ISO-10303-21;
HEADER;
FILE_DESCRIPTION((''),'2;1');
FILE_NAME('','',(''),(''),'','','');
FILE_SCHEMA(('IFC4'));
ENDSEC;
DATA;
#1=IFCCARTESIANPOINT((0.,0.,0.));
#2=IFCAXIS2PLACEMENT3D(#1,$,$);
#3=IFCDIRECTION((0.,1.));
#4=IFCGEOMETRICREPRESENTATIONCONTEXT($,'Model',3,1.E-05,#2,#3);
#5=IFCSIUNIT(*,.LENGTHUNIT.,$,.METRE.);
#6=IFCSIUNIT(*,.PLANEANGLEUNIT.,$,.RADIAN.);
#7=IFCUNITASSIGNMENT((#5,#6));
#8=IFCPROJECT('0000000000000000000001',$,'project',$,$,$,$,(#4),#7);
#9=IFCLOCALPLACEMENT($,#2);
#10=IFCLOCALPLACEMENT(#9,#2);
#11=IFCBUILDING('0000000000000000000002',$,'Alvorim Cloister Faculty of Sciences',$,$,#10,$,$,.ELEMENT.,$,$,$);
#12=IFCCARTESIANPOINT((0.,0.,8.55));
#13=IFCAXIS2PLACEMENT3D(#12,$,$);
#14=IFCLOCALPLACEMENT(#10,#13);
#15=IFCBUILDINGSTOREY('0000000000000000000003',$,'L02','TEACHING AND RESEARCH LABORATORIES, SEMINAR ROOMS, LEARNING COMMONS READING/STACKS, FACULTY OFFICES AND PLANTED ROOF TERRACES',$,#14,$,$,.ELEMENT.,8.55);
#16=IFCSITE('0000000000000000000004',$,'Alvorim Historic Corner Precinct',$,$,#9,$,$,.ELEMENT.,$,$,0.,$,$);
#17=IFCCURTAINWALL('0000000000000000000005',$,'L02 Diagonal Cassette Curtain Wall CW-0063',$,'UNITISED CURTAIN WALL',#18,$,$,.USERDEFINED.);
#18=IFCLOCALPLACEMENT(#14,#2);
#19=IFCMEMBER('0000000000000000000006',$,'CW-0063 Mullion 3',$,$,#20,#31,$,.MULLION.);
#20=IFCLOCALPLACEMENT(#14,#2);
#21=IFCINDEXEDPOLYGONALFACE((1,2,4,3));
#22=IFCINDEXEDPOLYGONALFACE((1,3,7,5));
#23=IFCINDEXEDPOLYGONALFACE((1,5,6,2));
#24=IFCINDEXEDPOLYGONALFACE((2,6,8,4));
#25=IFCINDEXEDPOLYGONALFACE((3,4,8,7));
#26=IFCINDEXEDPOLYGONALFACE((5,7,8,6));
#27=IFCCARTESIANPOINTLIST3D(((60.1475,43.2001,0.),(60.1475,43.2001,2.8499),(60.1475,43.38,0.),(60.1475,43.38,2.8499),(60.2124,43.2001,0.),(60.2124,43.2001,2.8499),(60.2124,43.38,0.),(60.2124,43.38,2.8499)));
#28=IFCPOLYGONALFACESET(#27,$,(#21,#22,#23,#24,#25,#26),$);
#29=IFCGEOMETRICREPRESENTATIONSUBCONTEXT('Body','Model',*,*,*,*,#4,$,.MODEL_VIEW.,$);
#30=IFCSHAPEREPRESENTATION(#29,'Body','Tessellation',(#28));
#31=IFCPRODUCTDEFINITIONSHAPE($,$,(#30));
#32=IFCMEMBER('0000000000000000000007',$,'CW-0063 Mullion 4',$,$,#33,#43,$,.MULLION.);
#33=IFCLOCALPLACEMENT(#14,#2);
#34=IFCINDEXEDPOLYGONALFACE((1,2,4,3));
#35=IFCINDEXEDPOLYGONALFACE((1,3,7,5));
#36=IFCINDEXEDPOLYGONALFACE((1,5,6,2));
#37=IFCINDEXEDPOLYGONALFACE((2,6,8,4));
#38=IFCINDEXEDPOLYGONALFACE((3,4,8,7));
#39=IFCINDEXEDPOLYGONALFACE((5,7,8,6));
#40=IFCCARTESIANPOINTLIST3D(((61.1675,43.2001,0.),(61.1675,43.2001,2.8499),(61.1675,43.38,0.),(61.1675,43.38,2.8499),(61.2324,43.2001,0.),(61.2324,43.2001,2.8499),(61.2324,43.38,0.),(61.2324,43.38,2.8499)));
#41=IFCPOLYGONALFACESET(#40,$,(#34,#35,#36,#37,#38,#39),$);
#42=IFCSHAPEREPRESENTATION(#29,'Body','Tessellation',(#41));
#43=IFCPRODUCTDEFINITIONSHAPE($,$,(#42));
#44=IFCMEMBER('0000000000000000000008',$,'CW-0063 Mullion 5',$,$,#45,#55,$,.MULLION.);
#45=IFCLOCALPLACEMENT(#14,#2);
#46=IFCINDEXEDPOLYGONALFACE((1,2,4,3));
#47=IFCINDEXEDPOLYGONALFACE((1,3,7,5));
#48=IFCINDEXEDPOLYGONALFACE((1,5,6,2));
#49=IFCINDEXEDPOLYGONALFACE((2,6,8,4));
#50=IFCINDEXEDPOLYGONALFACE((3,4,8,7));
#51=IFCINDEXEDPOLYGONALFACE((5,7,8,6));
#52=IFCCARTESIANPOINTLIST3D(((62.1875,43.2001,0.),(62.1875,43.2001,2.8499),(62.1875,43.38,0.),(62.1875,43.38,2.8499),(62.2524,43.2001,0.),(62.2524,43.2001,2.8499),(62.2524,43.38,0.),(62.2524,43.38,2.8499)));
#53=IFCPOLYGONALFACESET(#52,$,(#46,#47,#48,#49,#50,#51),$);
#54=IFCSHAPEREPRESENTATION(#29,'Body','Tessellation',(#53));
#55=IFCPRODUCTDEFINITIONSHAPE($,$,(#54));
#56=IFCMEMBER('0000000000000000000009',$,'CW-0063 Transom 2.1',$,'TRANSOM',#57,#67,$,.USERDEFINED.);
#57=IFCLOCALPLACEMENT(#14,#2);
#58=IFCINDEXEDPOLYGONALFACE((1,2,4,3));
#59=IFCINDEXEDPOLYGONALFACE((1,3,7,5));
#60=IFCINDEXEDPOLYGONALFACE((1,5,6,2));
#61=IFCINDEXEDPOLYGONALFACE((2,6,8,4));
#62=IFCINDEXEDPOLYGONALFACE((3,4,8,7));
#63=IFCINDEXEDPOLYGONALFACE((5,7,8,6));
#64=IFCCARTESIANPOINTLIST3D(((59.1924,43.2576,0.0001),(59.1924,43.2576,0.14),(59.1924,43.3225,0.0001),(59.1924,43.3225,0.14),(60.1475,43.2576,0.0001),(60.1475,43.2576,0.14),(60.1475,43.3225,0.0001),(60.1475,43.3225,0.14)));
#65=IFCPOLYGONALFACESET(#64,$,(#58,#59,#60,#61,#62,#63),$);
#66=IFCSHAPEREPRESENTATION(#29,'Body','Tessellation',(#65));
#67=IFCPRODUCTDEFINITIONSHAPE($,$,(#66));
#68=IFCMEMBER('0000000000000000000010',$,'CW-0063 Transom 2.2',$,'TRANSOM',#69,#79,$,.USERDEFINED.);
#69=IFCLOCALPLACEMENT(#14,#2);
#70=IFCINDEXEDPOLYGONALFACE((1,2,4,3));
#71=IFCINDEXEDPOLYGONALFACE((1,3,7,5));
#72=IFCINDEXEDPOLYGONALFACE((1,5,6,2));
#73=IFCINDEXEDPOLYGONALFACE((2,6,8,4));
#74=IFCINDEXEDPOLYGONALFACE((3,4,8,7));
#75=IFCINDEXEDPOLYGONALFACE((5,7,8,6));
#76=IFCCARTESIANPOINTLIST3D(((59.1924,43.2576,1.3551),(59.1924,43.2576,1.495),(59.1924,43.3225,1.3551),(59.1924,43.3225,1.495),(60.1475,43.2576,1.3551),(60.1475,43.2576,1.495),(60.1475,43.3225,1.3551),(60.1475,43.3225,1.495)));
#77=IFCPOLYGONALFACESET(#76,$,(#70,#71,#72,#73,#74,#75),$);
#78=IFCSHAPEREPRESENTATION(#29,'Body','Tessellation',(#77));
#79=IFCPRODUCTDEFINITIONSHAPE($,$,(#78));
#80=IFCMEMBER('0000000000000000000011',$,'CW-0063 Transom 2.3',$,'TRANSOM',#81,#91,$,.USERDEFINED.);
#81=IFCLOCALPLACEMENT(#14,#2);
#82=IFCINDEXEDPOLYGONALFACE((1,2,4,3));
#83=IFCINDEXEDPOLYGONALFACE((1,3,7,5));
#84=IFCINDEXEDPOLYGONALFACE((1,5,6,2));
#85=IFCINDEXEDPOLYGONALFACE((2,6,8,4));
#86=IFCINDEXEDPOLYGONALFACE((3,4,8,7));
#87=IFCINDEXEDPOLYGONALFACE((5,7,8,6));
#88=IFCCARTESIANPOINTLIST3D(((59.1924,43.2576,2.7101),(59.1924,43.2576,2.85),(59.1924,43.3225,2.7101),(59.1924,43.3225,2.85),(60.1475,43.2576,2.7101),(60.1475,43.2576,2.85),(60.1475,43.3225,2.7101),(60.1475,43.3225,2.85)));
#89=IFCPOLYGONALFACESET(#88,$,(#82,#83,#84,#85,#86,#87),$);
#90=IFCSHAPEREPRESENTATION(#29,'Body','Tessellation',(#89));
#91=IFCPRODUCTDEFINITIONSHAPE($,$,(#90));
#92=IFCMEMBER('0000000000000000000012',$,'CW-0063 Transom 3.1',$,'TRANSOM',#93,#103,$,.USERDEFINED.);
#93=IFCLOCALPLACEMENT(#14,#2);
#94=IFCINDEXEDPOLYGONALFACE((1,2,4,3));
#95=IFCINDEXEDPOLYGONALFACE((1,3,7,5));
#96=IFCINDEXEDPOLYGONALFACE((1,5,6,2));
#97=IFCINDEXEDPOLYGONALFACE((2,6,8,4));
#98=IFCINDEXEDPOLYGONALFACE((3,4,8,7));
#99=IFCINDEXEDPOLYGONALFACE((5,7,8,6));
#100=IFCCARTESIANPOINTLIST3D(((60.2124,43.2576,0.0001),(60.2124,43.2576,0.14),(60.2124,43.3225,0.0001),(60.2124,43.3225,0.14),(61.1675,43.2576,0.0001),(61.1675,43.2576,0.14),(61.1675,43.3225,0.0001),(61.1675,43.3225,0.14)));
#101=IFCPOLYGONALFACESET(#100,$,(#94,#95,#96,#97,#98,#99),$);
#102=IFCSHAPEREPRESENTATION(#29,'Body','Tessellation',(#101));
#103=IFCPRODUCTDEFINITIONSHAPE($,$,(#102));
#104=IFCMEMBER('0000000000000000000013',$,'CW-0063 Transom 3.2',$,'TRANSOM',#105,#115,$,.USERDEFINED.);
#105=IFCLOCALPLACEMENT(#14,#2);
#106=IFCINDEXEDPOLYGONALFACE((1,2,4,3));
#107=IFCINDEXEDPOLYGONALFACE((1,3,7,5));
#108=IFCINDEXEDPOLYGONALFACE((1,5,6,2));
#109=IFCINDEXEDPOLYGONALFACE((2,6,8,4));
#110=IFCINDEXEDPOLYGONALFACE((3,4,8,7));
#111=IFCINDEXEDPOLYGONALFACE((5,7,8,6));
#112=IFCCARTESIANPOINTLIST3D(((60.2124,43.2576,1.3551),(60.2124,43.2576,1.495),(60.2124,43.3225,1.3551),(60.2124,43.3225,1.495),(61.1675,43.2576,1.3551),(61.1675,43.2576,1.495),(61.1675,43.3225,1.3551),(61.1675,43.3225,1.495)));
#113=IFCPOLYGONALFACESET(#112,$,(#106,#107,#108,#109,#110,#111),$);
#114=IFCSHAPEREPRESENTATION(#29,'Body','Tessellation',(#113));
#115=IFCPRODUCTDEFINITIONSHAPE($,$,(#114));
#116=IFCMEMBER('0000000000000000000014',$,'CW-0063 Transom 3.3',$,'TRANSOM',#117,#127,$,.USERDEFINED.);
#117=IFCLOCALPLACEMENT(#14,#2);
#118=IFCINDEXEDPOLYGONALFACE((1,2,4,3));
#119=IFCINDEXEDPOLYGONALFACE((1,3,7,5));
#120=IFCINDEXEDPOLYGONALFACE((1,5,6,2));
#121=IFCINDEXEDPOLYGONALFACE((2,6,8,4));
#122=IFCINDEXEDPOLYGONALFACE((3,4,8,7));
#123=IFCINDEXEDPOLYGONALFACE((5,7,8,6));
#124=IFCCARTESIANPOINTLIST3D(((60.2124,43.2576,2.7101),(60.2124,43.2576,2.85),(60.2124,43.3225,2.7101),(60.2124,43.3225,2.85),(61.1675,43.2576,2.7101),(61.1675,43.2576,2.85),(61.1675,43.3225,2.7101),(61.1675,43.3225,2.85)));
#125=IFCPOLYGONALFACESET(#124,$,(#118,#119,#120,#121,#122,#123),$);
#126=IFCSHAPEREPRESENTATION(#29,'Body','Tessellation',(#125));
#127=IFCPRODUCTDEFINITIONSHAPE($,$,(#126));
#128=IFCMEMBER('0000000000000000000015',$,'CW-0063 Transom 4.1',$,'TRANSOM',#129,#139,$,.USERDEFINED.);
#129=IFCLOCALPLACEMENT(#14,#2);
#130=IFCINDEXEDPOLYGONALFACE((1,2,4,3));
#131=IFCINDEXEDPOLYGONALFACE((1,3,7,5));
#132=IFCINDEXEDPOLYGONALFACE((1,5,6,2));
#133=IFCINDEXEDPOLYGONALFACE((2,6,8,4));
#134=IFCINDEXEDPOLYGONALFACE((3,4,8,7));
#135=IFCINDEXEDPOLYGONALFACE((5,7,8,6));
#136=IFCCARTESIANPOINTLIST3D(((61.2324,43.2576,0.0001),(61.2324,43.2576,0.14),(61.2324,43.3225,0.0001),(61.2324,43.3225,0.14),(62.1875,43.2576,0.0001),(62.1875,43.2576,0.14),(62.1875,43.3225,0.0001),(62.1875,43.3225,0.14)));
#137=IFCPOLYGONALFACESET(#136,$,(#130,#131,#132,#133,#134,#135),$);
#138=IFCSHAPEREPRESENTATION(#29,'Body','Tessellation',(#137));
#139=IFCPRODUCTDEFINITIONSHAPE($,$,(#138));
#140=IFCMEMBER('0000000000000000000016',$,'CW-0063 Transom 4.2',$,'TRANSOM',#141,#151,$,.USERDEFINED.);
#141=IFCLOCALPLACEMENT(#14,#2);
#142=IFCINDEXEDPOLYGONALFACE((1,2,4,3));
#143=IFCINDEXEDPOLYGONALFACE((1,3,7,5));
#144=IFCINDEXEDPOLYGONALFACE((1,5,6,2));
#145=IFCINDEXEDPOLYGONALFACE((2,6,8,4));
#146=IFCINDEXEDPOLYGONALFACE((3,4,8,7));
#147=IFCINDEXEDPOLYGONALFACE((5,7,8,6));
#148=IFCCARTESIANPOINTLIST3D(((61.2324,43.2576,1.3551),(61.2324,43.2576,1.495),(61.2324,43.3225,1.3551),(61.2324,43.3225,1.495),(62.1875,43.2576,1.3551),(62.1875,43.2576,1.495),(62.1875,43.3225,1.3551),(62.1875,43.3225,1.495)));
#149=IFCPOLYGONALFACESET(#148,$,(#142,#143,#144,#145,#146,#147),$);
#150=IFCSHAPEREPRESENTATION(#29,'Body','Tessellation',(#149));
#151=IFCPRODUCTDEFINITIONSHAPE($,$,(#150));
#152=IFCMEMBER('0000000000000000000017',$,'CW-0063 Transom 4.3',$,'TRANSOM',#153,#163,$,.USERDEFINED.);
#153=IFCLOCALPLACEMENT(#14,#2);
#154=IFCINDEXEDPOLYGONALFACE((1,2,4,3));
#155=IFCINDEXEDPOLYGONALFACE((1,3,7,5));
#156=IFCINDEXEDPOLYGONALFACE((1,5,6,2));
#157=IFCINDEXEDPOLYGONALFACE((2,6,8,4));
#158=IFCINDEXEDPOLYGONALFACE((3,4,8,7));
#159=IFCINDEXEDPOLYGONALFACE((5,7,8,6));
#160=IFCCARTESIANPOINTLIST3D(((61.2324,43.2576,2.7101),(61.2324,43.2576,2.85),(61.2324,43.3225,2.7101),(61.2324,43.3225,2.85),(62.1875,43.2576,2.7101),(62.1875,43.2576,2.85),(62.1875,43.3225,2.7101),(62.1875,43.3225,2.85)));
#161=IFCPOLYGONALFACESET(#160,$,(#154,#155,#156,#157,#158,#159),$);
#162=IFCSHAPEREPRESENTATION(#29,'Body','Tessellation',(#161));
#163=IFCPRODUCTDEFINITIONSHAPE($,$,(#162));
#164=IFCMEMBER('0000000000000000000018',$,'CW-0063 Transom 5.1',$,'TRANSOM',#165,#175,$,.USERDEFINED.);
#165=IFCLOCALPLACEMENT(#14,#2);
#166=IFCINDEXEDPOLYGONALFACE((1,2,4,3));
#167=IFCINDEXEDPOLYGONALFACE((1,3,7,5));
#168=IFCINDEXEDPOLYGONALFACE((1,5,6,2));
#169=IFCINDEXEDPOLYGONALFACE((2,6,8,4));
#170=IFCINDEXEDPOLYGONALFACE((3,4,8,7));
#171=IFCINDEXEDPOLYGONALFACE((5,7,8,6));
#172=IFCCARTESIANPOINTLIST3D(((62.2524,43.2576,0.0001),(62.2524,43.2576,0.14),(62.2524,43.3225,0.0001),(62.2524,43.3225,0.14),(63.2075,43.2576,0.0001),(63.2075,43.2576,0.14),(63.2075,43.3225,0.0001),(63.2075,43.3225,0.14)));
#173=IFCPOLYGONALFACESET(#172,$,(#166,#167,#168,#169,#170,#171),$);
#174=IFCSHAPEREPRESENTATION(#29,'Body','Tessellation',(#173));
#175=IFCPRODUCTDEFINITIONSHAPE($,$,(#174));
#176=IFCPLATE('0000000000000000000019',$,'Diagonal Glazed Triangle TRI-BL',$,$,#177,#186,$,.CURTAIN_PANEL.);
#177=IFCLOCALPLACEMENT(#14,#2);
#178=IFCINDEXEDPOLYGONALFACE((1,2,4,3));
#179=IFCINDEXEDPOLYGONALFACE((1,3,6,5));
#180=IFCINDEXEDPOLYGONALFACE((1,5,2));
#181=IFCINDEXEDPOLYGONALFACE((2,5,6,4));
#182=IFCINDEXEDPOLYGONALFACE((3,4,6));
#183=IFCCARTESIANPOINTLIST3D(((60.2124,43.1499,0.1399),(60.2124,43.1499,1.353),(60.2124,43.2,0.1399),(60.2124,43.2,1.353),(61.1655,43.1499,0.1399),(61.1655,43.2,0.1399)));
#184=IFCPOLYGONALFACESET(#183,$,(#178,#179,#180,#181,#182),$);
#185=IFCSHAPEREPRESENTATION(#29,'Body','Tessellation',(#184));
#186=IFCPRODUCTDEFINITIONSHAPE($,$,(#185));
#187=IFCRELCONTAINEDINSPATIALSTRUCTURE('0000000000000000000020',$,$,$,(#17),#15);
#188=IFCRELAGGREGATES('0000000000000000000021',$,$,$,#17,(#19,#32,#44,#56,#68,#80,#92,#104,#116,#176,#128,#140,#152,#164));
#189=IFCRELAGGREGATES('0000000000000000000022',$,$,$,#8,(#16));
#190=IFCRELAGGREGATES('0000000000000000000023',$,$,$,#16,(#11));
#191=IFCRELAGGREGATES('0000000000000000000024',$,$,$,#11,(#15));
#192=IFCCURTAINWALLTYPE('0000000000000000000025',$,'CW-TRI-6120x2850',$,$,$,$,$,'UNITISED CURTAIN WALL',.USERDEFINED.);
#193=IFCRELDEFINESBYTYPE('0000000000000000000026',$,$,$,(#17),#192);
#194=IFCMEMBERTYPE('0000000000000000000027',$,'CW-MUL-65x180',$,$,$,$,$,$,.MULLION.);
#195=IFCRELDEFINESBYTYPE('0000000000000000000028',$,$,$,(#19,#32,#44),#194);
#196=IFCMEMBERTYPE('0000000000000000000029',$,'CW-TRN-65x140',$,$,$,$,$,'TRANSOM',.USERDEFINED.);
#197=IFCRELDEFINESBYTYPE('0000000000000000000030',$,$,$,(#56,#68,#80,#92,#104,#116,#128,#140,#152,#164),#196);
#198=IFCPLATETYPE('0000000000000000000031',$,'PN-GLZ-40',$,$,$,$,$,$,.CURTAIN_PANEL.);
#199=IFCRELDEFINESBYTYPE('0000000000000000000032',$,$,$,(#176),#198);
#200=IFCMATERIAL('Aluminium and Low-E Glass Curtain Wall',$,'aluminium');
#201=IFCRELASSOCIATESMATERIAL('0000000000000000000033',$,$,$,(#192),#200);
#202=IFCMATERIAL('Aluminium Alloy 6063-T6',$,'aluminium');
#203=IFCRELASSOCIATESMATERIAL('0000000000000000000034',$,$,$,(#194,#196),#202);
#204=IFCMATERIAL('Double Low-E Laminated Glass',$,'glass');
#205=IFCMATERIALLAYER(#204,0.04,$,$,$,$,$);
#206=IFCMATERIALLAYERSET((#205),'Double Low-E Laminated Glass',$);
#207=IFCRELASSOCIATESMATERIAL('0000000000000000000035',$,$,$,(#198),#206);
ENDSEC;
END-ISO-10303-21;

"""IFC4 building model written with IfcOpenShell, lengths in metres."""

from ifc_helpers import new_model, si_unit, direction, frame, origin, origin_2d, place, context, subcontext, project, spatial, polyline, rectangle, outline, extrude, material, layer, layer_set, material_profile, profile_set, type_object, element, aggregate, save


model = new_model("IFC4")

# Units and contexts
model_context = context("Model", 3, precision=1e-05, world=origin(), true_north=direction((0.0, 1.0)))
body_context = subcontext(model_context, "Body", "Model", "MODEL_VIEW")
ifc_project = project(units=[si_unit("LENGTHUNIT", "METRE"), si_unit("PLANEANGLEUNIT", "RADIAN")], contexts=[model_context])

# Site, building, storey
site_placement = place(None, origin())
site = spatial("IfcSite", under=ifc_project, at=site_placement, Name="Alvorim Historic Corner Precinct", CompositionType="ELEMENT", RefElevation=0.0)
building_placement = place(site_placement, origin())
building = spatial("IfcBuilding", under=site, at=building_placement, Name="Alvorim Cloister Faculty of Sciences", CompositionType="ELEMENT")
storey_placement = place(building_placement, frame((0.0, 0.0, 8.55)))
storey = spatial("IfcBuildingStorey", under=building, at=storey_placement, Name="L02", Description="TEACHING AND RESEARCH LABORATORIES, SEMINAR ROOMS, LEARNING COMMONS READING/STACKS, FACULTY OFFICES AND PLANTED ROOF TERRACES", CompositionType="ELEMENT", Elevation=8.55)

# Curtain wall, members, plate
ifc_material_1 = material(Name="Aluminium and Low-E Glass Curtain Wall", Category="aluminium")
curtain_wall_type = type_object("IfcCurtainWallType", Name="CW-TRI-6120x2850", ElementType="UNITISED CURTAIN WALL", PredefinedType="USERDEFINED", material=ifc_material_1)
curtain_wall_placement = place(storey_placement, origin())
curtain_wall = element("IfcCurtainWall", 1, at=curtain_wall_placement, inside=storey, type_object=curtain_wall_type, Name="L02 Diagonal Cassette Curtain Wall CW-0063", ObjectType="UNITISED CURTAIN WALL", PredefinedType="USERDEFINED")
ifc_material_2 = material(Name="Aluminium Alloy 6063-T6", Category="aluminium")
ifc_material_profile_1 = material_profile(ifc_material_2, rectangle(XDim=0.0649, YDim=0.1799, at=origin_2d()), Name="ALU-MUL-65x180")
ifc_profile_set_1 = profile_set([ifc_material_profile_1], Name="Aluminium Alloy 6063-T6")
member_type_1 = type_object("IfcMemberType", Name="CW-MUL-65x180", PredefinedType="MULLION", material=ifc_profile_set_1)
member_1_placement = place(storey_placement, frame((60.1799, 43.29, 0.0), z_axis=(0.0, 0.0, 1.0), x_axis=(1.0, 0.0, 0.0)))
member_1 = element("IfcMember", 2, at=member_1_placement, type_object=member_type_1, Name="CW-0063 Mullion 3", PredefinedType="MULLION", context=body_context, shape_type="SweptSolid", body=[
    extrude(rectangle(XDim=0.0649, YDim=0.1799, at=origin_2d()), origin(), (0.0, 0.0, 1.0), 2.8499),
])
member_2_placement = place(storey_placement, frame((61.2, 43.29, 0.0), z_axis=(0.0, 0.0, 1.0), x_axis=(1.0, 0.0, 0.0)))
member_2 = element("IfcMember", 3, at=member_2_placement, type_object=member_type_1, Name="CW-0063 Mullion 4", PredefinedType="MULLION", context=body_context, shape_type="SweptSolid", body=[
    extrude(rectangle(XDim=0.0649, YDim=0.1799, at=origin_2d()), origin(), (0.0, 0.0, 1.0), 2.8499),
])
member_3_placement = place(storey_placement, frame((62.22, 43.29, 0.0), z_axis=(0.0, 0.0, 1.0), x_axis=(1.0, 0.0, 0.0)))
member_3 = element("IfcMember", 4, at=member_3_placement, type_object=member_type_1, Name="CW-0063 Mullion 5", PredefinedType="MULLION", context=body_context, shape_type="SweptSolid", body=[
    extrude(rectangle(XDim=0.0649, YDim=0.1799, at=origin_2d()), origin(), (0.0, 0.0, 1.0), 2.8499),
])
ifc_material_profile_2 = material_profile(ifc_material_2, rectangle(XDim=0.0649, YDim=0.1399, at=origin_2d()), Name="ALU-TRN-65x140")
ifc_profile_set_2 = profile_set([ifc_material_profile_2], Name="Aluminium Alloy 6063-T6")
member_type_2 = type_object("IfcMemberType", Name="CW-TRN-65x140", ElementType="TRANSOM", PredefinedType="USERDEFINED", material=ifc_profile_set_2)
member_4_placement = place(storey_placement, frame((59.1924, 43.29, 0.0701), z_axis=(1.0, 0.0, 0.0), x_axis=(0.0, 1.0, 0.0)))
member_4 = element("IfcMember", 5, at=member_4_placement, type_object=member_type_2, Name="CW-0063 Transom 2.1", ObjectType="TRANSOM", PredefinedType="USERDEFINED", context=body_context, shape_type="SweptSolid", body=[
    extrude(rectangle(XDim=0.0649, YDim=0.1399, at=origin_2d()), origin(), (0.0, 0.0, 1.0), 0.9551),
])
member_5_placement = place(storey_placement, frame((59.1924, 43.29, 1.425), z_axis=(1.0, 0.0, 0.0), x_axis=(0.0, 1.0, 0.0)))
member_5 = element("IfcMember", 6, at=member_5_placement, type_object=member_type_2, Name="CW-0063 Transom 2.2", ObjectType="TRANSOM", PredefinedType="USERDEFINED", context=body_context, shape_type="SweptSolid", body=[
    extrude(rectangle(XDim=0.0649, YDim=0.1399, at=origin_2d()), origin(), (0.0, 0.0, 1.0), 0.9551),
])
member_6_placement = place(storey_placement, frame((59.1924, 43.29, 2.78), z_axis=(1.0, 0.0, 0.0), x_axis=(0.0, 1.0, 0.0)))
member_6 = element("IfcMember", 7, at=member_6_placement, type_object=member_type_2, Name="CW-0063 Transom 2.3", ObjectType="TRANSOM", PredefinedType="USERDEFINED", context=body_context, shape_type="SweptSolid", body=[
    extrude(rectangle(XDim=0.0649, YDim=0.1399, at=origin_2d()), origin(), (0.0, 0.0, 1.0), 0.9551),
])
member_7_placement = place(storey_placement, frame((60.2124, 43.29, 0.0701), z_axis=(1.0, 0.0, 0.0), x_axis=(0.0, 1.0, 0.0)))
member_7 = element("IfcMember", 8, at=member_7_placement, type_object=member_type_2, Name="CW-0063 Transom 3.1", ObjectType="TRANSOM", PredefinedType="USERDEFINED", context=body_context, shape_type="SweptSolid", body=[
    extrude(rectangle(XDim=0.0649, YDim=0.1399, at=origin_2d()), origin(), (0.0, 0.0, 1.0), 0.9551),
])
member_8_placement = place(storey_placement, frame((60.2124, 43.29, 1.425), z_axis=(1.0, 0.0, 0.0), x_axis=(0.0, 1.0, 0.0)))
member_8 = element("IfcMember", 9, at=member_8_placement, type_object=member_type_2, Name="CW-0063 Transom 3.2", ObjectType="TRANSOM", PredefinedType="USERDEFINED", context=body_context, shape_type="SweptSolid", body=[
    extrude(rectangle(XDim=0.0649, YDim=0.1399, at=origin_2d()), origin(), (0.0, 0.0, 1.0), 0.9551),
])
member_9_placement = place(storey_placement, frame((60.2124, 43.29, 2.78), z_axis=(1.0, 0.0, 0.0), x_axis=(0.0, 1.0, 0.0)))
member_9 = element("IfcMember", 10, at=member_9_placement, type_object=member_type_2, Name="CW-0063 Transom 3.3", ObjectType="TRANSOM", PredefinedType="USERDEFINED", context=body_context, shape_type="SweptSolid", body=[
    extrude(rectangle(XDim=0.0649, YDim=0.1399, at=origin_2d()), origin(), (0.0, 0.0, 1.0), 0.9551),
])
member_10_placement = place(storey_placement, frame((61.2324, 43.29, 0.0701), z_axis=(1.0, 0.0, 0.0), x_axis=(0.0, 1.0, 0.0)))
member_10 = element("IfcMember", 11, at=member_10_placement, type_object=member_type_2, Name="CW-0063 Transom 4.1", ObjectType="TRANSOM", PredefinedType="USERDEFINED", context=body_context, shape_type="SweptSolid", body=[
    extrude(rectangle(XDim=0.0649, YDim=0.1399, at=origin_2d()), origin(), (0.0, 0.0, 1.0), 0.9551),
])
member_11_placement = place(storey_placement, frame((61.2324, 43.29, 1.425), z_axis=(1.0, 0.0, 0.0), x_axis=(0.0, 1.0, 0.0)))
member_11 = element("IfcMember", 12, at=member_11_placement, type_object=member_type_2, Name="CW-0063 Transom 4.2", ObjectType="TRANSOM", PredefinedType="USERDEFINED", context=body_context, shape_type="SweptSolid", body=[
    extrude(rectangle(XDim=0.0649, YDim=0.1399, at=origin_2d()), origin(), (0.0, 0.0, 1.0), 0.9551),
])
member_12_placement = place(storey_placement, frame((61.2324, 43.29, 2.78), z_axis=(1.0, 0.0, 0.0), x_axis=(0.0, 1.0, 0.0)))
member_12 = element("IfcMember", 13, at=member_12_placement, type_object=member_type_2, Name="CW-0063 Transom 4.3", ObjectType="TRANSOM", PredefinedType="USERDEFINED", context=body_context, shape_type="SweptSolid", body=[
    extrude(rectangle(XDim=0.0649, YDim=0.1399, at=origin_2d()), origin(), (0.0, 0.0, 1.0), 0.9551),
])
member_13_placement = place(storey_placement, frame((62.2524, 43.29, 0.0701), z_axis=(1.0, 0.0, 0.0), x_axis=(0.0, 1.0, 0.0)))
member_13 = element("IfcMember", 14, at=member_13_placement, type_object=member_type_2, Name="CW-0063 Transom 5.1", ObjectType="TRANSOM", PredefinedType="USERDEFINED", context=body_context, shape_type="SweptSolid", body=[
    extrude(rectangle(XDim=0.0649, YDim=0.1399, at=origin_2d()), origin(), (0.0, 0.0, 1.0), 0.9551),
])
ifc_material_3 = material(Name="Double Low-E Laminated Glass", Category="glass")
ifc_layer = layer(ifc_material_3, 0.04)
ifc_layer_set = layer_set([ifc_layer], Name="Double Low-E Laminated Glass")
plate_type = type_object("IfcPlateType", Name="PN-GLZ-40", PredefinedType="CURTAIN_PANEL", material=ifc_layer_set)
plate_1_placement = place(storey_placement, frame((60.2124, 43.175, 0.1399), z_axis=(0.0, 0.0, 1.0), x_axis=(1.0, 0.0, 0.0)))
plate_1 = element("IfcPlate", 15, at=plate_1_placement, type_object=plate_type, Name="Diagonal Glazed Triangle TRI-BL", PredefinedType="CURTAIN_PANEL", context=body_context, shape_type="SweptSolid", body=[
    extrude(outline(polyline([(0.0, 0.0), (0.9531, 0.0), (0.0, 1.2131), (0.0, 0.0)])), frame((0.0, 0.0249, 0.0), z_axis=(0.0, -1.0, 0.0), x_axis=(1.0, 0.0, 0.0)), (0.0, 0.0, 1.0), 0.05),
])
aggregate(curtain_wall, [member_1, member_2, member_3, member_4, member_5, member_6, member_7, member_8, member_9, plate_1, member_10, member_11, member_12, member_13])

save(model, "model.ifc")
